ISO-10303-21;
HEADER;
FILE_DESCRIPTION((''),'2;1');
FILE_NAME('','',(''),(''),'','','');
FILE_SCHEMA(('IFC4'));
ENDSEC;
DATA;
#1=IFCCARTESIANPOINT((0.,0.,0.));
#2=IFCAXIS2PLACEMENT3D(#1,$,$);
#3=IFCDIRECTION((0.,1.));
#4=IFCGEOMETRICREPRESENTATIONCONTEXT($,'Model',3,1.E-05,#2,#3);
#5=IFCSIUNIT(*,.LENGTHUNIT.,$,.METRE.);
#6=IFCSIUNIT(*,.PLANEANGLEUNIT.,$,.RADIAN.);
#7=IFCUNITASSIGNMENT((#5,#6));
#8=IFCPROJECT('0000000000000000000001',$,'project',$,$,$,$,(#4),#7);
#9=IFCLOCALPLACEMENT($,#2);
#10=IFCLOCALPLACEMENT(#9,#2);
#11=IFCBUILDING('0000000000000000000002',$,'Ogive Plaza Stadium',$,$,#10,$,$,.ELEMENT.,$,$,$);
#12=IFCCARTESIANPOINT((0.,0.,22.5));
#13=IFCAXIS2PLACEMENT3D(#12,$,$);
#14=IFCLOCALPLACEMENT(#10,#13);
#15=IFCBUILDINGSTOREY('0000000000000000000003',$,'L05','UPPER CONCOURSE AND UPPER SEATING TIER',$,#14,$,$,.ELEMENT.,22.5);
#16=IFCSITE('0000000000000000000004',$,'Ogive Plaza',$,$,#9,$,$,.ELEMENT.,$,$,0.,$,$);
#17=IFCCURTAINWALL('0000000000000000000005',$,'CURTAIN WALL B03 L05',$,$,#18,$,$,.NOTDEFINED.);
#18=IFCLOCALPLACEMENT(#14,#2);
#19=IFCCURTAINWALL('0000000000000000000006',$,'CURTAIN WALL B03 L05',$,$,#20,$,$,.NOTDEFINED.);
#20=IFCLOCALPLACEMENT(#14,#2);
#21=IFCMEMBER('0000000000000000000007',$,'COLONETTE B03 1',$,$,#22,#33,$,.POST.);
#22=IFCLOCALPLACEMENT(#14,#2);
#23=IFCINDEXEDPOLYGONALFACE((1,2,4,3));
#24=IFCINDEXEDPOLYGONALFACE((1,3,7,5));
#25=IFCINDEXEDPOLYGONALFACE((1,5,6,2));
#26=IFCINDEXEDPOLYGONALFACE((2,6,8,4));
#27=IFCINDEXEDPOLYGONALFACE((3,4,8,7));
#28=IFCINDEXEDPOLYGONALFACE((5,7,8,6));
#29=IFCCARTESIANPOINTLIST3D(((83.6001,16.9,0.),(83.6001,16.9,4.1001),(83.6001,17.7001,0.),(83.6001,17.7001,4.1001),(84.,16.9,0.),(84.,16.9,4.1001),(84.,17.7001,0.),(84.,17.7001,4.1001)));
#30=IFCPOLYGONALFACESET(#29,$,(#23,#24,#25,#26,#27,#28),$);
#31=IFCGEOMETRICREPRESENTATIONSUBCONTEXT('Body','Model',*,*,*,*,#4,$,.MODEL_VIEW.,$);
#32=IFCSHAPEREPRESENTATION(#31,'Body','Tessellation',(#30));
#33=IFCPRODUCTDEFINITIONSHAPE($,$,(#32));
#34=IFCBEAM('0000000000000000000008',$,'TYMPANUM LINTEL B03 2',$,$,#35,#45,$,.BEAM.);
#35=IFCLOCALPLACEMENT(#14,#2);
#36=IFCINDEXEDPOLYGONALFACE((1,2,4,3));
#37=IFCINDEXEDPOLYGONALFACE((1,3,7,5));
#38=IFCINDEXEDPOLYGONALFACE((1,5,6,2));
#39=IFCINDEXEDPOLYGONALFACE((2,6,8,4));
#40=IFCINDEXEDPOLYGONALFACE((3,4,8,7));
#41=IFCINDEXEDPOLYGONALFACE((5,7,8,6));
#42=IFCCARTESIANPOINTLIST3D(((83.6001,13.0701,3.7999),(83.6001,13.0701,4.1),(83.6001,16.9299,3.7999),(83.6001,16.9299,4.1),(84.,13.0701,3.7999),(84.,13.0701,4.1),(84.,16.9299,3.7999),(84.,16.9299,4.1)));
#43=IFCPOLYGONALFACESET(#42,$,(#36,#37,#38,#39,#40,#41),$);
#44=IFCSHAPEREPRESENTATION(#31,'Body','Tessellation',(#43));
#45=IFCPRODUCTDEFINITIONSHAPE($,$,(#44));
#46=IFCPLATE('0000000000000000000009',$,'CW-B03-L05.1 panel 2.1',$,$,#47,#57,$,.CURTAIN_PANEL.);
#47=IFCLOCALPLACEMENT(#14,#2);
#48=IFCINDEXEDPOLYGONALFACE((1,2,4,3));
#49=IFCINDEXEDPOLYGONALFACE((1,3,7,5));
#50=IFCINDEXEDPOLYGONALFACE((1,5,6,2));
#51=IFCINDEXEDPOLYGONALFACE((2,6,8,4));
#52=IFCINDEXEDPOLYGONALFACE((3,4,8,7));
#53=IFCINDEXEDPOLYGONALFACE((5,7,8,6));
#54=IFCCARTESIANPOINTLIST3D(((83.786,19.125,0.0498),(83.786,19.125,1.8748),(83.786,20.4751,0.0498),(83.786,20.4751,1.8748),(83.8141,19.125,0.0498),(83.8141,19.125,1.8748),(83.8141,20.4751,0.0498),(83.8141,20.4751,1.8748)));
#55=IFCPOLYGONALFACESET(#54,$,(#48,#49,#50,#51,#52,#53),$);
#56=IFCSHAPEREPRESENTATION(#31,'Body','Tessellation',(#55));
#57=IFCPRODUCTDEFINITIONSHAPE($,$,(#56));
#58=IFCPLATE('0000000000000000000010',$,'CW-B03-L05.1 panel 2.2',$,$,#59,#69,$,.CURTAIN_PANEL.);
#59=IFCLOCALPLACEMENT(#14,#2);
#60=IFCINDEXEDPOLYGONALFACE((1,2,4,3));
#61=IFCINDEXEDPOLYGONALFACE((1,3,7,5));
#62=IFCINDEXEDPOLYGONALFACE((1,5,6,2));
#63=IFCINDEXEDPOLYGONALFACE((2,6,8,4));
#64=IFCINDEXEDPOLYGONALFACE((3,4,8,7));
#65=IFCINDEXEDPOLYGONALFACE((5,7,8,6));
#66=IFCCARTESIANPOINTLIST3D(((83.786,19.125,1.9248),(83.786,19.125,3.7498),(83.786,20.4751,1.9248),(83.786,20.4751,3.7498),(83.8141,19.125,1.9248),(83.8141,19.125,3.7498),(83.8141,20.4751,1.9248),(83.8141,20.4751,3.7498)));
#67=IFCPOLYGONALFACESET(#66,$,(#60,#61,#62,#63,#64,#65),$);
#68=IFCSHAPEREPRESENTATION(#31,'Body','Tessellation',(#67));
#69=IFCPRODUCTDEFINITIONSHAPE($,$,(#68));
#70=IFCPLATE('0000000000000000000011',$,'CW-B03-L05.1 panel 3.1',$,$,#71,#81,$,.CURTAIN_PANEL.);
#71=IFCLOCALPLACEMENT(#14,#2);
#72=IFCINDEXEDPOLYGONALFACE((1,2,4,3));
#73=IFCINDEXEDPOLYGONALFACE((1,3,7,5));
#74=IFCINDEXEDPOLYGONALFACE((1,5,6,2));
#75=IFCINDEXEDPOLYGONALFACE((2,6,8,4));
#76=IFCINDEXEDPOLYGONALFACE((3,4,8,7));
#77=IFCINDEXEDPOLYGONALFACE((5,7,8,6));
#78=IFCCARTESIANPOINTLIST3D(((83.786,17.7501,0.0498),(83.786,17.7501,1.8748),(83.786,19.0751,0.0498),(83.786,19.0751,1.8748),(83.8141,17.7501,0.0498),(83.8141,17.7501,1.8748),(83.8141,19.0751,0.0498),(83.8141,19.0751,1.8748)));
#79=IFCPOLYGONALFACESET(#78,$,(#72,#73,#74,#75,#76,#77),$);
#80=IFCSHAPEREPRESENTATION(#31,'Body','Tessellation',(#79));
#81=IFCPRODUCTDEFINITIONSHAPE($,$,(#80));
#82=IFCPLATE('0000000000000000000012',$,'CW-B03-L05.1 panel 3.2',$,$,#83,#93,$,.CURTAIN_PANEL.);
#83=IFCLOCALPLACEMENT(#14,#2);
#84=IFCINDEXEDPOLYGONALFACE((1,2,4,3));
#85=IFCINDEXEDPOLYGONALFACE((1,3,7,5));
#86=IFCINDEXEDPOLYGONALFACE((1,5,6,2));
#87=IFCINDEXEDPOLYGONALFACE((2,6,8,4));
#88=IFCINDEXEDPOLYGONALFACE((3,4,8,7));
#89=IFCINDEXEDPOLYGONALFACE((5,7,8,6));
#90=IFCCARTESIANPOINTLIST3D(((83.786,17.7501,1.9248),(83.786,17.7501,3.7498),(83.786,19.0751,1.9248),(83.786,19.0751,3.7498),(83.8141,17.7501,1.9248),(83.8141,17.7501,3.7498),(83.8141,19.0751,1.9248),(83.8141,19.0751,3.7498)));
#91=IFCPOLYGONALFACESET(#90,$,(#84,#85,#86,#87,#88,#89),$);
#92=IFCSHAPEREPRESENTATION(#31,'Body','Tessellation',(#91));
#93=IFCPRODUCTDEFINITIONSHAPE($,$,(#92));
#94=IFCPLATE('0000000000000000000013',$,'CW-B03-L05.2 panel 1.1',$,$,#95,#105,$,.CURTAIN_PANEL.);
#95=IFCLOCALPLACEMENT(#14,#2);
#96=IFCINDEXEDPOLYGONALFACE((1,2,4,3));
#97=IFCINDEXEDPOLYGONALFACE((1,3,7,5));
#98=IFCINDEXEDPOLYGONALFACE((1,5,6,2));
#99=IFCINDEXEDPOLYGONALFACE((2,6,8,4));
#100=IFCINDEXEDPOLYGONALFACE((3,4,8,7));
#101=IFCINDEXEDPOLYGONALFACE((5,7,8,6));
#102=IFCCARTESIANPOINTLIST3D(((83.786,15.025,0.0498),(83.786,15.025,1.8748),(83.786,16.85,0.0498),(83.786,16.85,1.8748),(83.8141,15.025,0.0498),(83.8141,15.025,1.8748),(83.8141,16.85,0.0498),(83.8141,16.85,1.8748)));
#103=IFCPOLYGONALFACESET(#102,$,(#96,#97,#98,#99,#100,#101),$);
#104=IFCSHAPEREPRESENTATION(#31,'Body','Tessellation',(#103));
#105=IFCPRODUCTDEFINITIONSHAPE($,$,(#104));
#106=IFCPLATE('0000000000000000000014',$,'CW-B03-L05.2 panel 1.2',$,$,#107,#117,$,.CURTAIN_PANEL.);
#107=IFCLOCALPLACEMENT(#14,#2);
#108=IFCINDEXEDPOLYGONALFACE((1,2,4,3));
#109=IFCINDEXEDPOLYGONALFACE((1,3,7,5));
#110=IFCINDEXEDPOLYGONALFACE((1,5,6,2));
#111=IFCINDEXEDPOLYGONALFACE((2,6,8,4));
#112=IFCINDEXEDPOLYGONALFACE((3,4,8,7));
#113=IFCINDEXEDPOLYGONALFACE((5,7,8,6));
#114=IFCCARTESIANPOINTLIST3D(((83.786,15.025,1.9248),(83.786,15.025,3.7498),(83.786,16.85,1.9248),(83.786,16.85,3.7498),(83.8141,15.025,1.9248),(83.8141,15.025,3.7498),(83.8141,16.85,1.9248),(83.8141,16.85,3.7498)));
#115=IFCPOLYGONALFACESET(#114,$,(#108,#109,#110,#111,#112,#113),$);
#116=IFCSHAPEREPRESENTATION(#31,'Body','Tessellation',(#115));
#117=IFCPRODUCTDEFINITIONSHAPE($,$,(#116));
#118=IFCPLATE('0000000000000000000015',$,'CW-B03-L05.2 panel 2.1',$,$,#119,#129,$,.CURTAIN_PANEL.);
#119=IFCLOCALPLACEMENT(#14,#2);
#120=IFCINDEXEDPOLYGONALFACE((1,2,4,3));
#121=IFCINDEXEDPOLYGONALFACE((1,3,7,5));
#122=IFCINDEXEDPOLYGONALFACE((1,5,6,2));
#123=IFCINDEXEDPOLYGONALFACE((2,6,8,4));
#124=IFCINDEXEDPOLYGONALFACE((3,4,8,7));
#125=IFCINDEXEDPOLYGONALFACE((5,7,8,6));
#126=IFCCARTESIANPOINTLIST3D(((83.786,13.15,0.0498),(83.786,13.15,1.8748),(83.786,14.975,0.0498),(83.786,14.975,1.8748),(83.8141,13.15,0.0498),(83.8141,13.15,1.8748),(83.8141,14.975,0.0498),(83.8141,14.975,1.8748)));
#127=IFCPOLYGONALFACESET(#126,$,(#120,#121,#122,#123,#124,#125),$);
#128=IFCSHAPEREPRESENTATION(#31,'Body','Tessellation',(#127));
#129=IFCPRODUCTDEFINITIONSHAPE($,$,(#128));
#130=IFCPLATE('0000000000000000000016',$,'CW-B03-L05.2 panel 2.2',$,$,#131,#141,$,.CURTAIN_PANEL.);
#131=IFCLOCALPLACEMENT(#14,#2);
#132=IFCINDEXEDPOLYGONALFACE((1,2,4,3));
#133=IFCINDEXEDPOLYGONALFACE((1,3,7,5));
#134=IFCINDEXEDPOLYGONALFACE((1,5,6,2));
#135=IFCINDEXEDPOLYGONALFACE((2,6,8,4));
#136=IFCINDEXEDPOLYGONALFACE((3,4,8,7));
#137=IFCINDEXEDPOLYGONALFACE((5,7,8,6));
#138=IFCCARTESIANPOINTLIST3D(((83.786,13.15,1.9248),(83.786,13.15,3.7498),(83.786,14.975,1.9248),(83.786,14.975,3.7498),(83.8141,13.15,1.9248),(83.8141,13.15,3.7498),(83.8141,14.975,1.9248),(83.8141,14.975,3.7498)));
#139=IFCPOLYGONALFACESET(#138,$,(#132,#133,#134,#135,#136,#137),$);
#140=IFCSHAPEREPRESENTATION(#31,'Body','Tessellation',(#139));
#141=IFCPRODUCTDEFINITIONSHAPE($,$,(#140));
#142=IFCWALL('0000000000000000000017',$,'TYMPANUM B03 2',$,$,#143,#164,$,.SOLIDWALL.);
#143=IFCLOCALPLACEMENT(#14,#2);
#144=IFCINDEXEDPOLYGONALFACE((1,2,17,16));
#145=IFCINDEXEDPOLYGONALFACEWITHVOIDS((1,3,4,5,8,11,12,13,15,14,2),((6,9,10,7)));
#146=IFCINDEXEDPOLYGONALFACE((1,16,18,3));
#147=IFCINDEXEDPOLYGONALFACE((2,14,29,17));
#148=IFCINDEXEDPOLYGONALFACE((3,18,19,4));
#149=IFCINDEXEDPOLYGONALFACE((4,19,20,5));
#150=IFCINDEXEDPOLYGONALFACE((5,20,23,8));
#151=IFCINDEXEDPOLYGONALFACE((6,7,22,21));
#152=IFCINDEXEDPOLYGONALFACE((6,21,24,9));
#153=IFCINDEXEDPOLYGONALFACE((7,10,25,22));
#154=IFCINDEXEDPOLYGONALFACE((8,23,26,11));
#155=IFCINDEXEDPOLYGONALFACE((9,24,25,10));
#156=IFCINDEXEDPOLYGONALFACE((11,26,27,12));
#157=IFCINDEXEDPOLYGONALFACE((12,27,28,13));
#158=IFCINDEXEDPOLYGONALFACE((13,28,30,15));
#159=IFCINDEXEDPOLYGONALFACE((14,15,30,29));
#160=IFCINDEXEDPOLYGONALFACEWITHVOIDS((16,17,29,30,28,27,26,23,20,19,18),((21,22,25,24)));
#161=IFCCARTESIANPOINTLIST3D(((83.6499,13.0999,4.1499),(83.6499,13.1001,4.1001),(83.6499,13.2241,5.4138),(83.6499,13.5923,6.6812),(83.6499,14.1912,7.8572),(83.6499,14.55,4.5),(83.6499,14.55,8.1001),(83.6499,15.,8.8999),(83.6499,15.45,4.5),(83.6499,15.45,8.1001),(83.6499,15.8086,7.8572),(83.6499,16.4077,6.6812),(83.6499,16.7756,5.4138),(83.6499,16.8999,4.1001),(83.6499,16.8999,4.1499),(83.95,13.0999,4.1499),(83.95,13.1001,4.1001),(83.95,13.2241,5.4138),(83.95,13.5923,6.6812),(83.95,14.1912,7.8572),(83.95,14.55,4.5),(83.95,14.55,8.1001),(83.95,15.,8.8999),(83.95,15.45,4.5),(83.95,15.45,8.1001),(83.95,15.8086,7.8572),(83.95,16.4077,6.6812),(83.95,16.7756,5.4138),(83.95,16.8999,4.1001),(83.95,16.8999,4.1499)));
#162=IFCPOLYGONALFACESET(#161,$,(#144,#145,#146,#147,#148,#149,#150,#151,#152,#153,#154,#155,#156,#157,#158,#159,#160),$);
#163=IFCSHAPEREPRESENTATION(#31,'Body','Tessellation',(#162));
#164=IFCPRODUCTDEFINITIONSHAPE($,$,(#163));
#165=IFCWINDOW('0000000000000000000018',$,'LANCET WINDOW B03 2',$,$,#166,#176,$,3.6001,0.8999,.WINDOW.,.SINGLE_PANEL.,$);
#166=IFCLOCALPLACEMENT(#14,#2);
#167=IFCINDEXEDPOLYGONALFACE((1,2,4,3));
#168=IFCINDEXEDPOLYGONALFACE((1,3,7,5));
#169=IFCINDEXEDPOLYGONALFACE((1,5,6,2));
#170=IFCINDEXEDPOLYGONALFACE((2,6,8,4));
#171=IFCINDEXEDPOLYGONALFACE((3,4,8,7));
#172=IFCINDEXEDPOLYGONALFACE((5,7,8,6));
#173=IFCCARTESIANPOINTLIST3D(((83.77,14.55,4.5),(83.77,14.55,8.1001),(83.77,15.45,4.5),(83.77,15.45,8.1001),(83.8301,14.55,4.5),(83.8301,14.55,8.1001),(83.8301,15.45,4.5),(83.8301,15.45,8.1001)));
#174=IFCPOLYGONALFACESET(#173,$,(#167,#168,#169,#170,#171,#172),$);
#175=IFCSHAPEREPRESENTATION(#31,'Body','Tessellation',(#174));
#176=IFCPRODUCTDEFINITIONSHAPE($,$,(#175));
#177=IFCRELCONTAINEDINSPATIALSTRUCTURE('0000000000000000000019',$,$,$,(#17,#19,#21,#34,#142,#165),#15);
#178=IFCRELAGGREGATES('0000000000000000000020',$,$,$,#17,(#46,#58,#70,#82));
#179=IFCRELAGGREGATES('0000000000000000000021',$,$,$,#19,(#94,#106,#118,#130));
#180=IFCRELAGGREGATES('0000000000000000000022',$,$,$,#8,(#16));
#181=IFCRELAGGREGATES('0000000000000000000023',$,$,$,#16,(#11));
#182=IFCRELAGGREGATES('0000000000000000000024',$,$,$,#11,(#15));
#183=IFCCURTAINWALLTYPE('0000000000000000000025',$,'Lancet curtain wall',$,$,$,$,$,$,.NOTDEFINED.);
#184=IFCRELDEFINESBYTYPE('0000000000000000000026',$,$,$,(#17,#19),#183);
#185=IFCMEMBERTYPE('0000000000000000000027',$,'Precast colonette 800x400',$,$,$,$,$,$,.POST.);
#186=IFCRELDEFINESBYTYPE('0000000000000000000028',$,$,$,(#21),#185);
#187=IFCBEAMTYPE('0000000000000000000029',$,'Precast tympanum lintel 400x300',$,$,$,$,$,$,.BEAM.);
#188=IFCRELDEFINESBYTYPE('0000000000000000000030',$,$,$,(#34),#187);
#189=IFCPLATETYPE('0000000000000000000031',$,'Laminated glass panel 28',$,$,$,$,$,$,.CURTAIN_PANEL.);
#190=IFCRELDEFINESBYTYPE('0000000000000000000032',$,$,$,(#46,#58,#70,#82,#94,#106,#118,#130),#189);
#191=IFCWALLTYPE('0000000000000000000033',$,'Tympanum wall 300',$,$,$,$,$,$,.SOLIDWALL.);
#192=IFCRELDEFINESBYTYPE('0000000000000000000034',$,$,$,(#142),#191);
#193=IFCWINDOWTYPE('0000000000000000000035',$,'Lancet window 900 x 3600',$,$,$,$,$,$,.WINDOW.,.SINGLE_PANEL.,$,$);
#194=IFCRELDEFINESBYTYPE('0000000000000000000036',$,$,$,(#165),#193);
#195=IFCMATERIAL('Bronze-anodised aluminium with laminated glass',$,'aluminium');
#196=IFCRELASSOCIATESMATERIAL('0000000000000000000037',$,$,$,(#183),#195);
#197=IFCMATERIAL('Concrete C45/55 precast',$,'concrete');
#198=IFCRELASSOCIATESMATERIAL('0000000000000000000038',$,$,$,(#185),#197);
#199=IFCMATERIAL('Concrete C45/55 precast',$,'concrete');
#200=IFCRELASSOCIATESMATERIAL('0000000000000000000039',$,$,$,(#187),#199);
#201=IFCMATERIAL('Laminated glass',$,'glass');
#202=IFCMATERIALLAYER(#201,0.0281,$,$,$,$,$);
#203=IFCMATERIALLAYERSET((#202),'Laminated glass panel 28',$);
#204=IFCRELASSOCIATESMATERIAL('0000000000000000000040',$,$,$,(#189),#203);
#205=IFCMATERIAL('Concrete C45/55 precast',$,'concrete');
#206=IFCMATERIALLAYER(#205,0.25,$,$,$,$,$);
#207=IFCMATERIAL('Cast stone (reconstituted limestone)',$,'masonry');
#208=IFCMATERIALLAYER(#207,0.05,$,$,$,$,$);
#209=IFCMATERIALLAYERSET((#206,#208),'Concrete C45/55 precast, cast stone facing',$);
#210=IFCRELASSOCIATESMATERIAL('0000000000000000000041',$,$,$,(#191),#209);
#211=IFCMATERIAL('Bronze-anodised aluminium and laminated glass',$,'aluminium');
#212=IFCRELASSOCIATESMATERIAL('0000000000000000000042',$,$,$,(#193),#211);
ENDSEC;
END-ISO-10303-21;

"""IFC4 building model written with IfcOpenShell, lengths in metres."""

from ifc_helpers import new_model, si_unit, direction, frame, frame_2d, origin, origin_2d, place, context, subcontext, project, spatial, polyline, rectangle, outline, extrude, material, layer, layer_set, material_profile, profile_set, type_object, element, fill, aggregate, save


model = new_model("IFC4")

# Units and contexts
model_context = context("Model", 3, precision=1e-05, world=origin(), true_north=direction((0.0, 1.0)))
body_context = subcontext(model_context, "Body", "Model", "MODEL_VIEW")
ifc_project = project(units=[si_unit("LENGTHUNIT", "METRE"), si_unit("PLANEANGLEUNIT", "RADIAN")], contexts=[model_context])

# Site, building, storey
site_placement = place(None, origin())
site = spatial("IfcSite", under=ifc_project, at=site_placement, Name="Ogive Plaza", CompositionType="ELEMENT", RefElevation=0.0)
building_placement = place(site_placement, origin())
building = spatial("IfcBuilding", under=site, at=building_placement, Name="Ogive Plaza Stadium", CompositionType="ELEMENT")
storey_placement = place(building_placement, frame((0.0, 0.0, 22.5)))
storey = spatial("IfcBuildingStorey", under=building, at=storey_placement, Name="L05", Description="UPPER CONCOURSE AND UPPER SEATING TIER", CompositionType="ELEMENT", Elevation=22.5)

# Curtain walls
ifc_material_1 = material(Name="Bronze-anodised aluminium with laminated glass", Category="aluminium")
curtain_wall_type = type_object("IfcCurtainWallType", Name="Lancet curtain wall", PredefinedType="NOTDEFINED", material=ifc_material_1)
curtain_wall_1_placement = place(storey_placement, origin())
curtain_wall_1 = element("IfcCurtainWall", 1, at=curtain_wall_1_placement, inside=storey, type_object=curtain_wall_type, Name="CURTAIN WALL B03 L05", PredefinedType="NOTDEFINED")
curtain_wall_2_placement = place(storey_placement, origin())
curtain_wall_2 = element("IfcCurtainWall", 2, at=curtain_wall_2_placement, inside=storey, type_object=curtain_wall_type, Name="CURTAIN WALL B03 L05", PredefinedType="NOTDEFINED")

# Member
ifc_material_2 = material(Name="Concrete C45/55 precast", Category="concrete")
ifc_material_profile_1 = material_profile(ifc_material_2, rectangle(XDim=0.3999, YDim=0.8, at=origin_2d()), Name="RC 400x800")
ifc_profile_set_1 = profile_set([ifc_material_profile_1], Name="Concrete C45/55 precast")
member_type_1 = type_object("IfcMemberType", Name="Precast colonette 800x400", PredefinedType="POST", material=ifc_profile_set_1)
member_1_placement = place(storey_placement, frame((83.8, 17.3, 0.0), z_axis=(0.0, 0.0, 1.0), x_axis=(1.0, 0.0, 0.0)))
element("IfcMember", 3, at=member_1_placement, inside=storey, type_object=member_type_1, Name="COLONETTE B03 1", PredefinedType="POST", context=body_context, shape_type="SweptSolid", body=[
    extrude(rectangle(XDim=0.3999, YDim=0.8, at=origin_2d()), origin(), (0.0, 0.0, 1.0), 4.1001),
])

# Beam
ifc_material_3 = material(Name="Concrete C45/55 precast", Category="concrete")
ifc_material_profile_2 = material_profile(ifc_material_3, rectangle(XDim=0.3999, YDim=0.3, at=origin_2d()), Name="RC 400x300")
ifc_profile_set_2 = profile_set([ifc_material_profile_2], Name="Concrete C45/55 precast")
beam_type = type_object("IfcBeamType", Name="Precast tympanum lintel 400x300", PredefinedType="BEAM", material=ifc_profile_set_2)
beam_placement = place(storey_placement, frame((83.8, 16.9299, 3.95), z_axis=(0.0, -1.0, 0.0), x_axis=(1.0, 0.0, 0.0)))
element("IfcBeam", 4, at=beam_placement, inside=storey, type_object=beam_type, Name="TYMPANUM LINTEL B03 2", PredefinedType="BEAM", context=body_context, shape_type="SweptSolid", body=[
    extrude(rectangle(XDim=0.3999, YDim=0.3, at=origin_2d()), origin(), (0.0, 0.0, 1.0), 3.8599),
])

# Plates
ifc_material_4 = material(Name="Laminated glass", Category="glass")
ifc_layer_1 = layer(ifc_material_4, 0.0281)
ifc_layer_set_1 = layer_set([ifc_layer_1], Name="Laminated glass panel 28")
plate_type = type_object("IfcPlateType", Name="Laminated glass panel 28", PredefinedType="CURTAIN_PANEL", material=ifc_layer_set_1)
plate_1_placement = place(storey_placement, frame((83.8, 19.8, 0.0498), z_axis=(0.0, 0.0, 1.0), x_axis=(0.0, -1.0, 0.0)))
plate_1 = element("IfcPlate", 5, at=plate_1_placement, type_object=plate_type, Name="CW-B03-L05.1 panel 2.1", PredefinedType="CURTAIN_PANEL", context=body_context, shape_type="SweptSolid", body=[
    extrude(rectangle(XDim=1.3501, YDim=0.0281, at=origin_2d()), origin(), (0.0, 0.0, 1.0), 1.825),
])
plate_2_placement = place(storey_placement, frame((83.8, 19.8, 1.9248), z_axis=(0.0, 0.0, 1.0), x_axis=(0.0, -1.0, 0.0)))
plate_2 = element("IfcPlate", 6, at=plate_2_placement, type_object=plate_type, Name="CW-B03-L05.1 panel 2.2", PredefinedType="CURTAIN_PANEL", context=body_context, shape_type="SweptSolid", body=[
    extrude(rectangle(XDim=1.3501, YDim=0.0281, at=origin_2d()), origin(), (0.0, 0.0, 1.0), 1.825),
])
plate_3_placement = place(storey_placement, frame((83.8, 18.4126, 0.0498), z_axis=(0.0, 0.0, 1.0), x_axis=(0.0, -1.0, 0.0)))
plate_3 = element("IfcPlate", 7, at=plate_3_placement, type_object=plate_type, Name="CW-B03-L05.1 panel 3.1", PredefinedType="CURTAIN_PANEL", context=body_context, shape_type="SweptSolid", body=[
    extrude(rectangle(XDim=1.325, YDim=0.0281, at=origin_2d()), origin(), (0.0, 0.0, 1.0), 1.825),
])
plate_4_placement = place(storey_placement, frame((83.8, 18.4126, 1.9248), z_axis=(0.0, 0.0, 1.0), x_axis=(0.0, -1.0, 0.0)))
plate_4 = element("IfcPlate", 8, at=plate_4_placement, type_object=plate_type, Name="CW-B03-L05.1 panel 3.2", PredefinedType="CURTAIN_PANEL", context=body_context, shape_type="SweptSolid", body=[
    extrude(rectangle(XDim=1.325, YDim=0.0281, at=origin_2d()), origin(), (0.0, 0.0, 1.0), 1.825),
])
aggregate(curtain_wall_1, [plate_1, plate_2, plate_3, plate_4])
plate_5_placement = place(storey_placement, frame((83.8, 15.9375, 0.0498), z_axis=(0.0, 0.0, 1.0), x_axis=(0.0, -1.0, 0.0)))
plate_5 = element("IfcPlate", 9, at=plate_5_placement, type_object=plate_type, Name="CW-B03-L05.2 panel 1.1", PredefinedType="CURTAIN_PANEL", context=body_context, shape_type="SweptSolid", body=[
    extrude(rectangle(XDim=1.825, YDim=0.0281, at=origin_2d()), origin(), (0.0, 0.0, 1.0), 1.825),
])
plate_6_placement = place(storey_placement, frame((83.8, 15.9375, 1.9248), z_axis=(0.0, 0.0, 1.0), x_axis=(0.0, -1.0, 0.0)))
plate_6 = element("IfcPlate", 10, at=plate_6_placement, type_object=plate_type, Name="CW-B03-L05.2 panel 1.2", PredefinedType="CURTAIN_PANEL", context=body_context, shape_type="SweptSolid", body=[
    extrude(rectangle(XDim=1.825, YDim=0.0281, at=origin_2d()), origin(), (0.0, 0.0, 1.0), 1.825),
])
plate_7_placement = place(storey_placement, frame((83.8, 14.0625, 0.0498), z_axis=(0.0, 0.0, 1.0), x_axis=(0.0, -1.0, 0.0)))
plate_7 = element("IfcPlate", 11, at=plate_7_placement, type_object=plate_type, Name="CW-B03-L05.2 panel 2.1", PredefinedType="CURTAIN_PANEL", context=body_context, shape_type="SweptSolid", body=[
    extrude(rectangle(XDim=1.825, YDim=0.0281, at=origin_2d()), origin(), (0.0, 0.0, 1.0), 1.825),
])
plate_8_placement = place(storey_placement, frame((83.8, 14.0625, 1.9248), z_axis=(0.0, 0.0, 1.0), x_axis=(0.0, -1.0, 0.0)))
plate_8 = element("IfcPlate", 12, at=plate_8_placement, type_object=plate_type, Name="CW-B03-L05.2 panel 2.2", PredefinedType="CURTAIN_PANEL", context=body_context, shape_type="SweptSolid", body=[
    extrude(rectangle(XDim=1.825, YDim=0.0281, at=origin_2d()), origin(), (0.0, 0.0, 1.0), 1.825),
])
aggregate(curtain_wall_2, [plate_5, plate_6, plate_7, plate_8])

# Wall, opening, window
ifc_material_5 = material(Name="Concrete C45/55 precast", Category="concrete")
ifc_layer_2 = layer(ifc_material_5, 0.25)
ifc_material_6 = material(Name="Cast stone (reconstituted limestone)", Category="masonry")
ifc_layer_3 = layer(ifc_material_6, 0.05)
ifc_layer_set_2 = layer_set([ifc_layer_2, ifc_layer_3], Name="Concrete C45/55 precast, cast stone facing")
wall_type = type_object("IfcWallType", Name="Tympanum wall 300", PredefinedType="SOLIDWALL", material=ifc_layer_set_2)
wall_placement = place(storey_placement, frame((83.8, 16.8999, 4.1001), z_axis=(0.0, 0.0, 1.0), x_axis=(0.0, -1.0, 0.0)))
wall = element("IfcWall", 13, at=wall_placement, inside=storey, type_object=wall_type, Name="TYMPANUM B03 2", PredefinedType="SOLIDWALL", context=body_context, shape_type="SweptSolid", body=[
    extrude(outline(polyline([(0.0, 0.0), (3.7998, 0.0), (3.8, 0.0498), (3.6758, 1.3137), (3.3076, 2.5811), (2.7087, 3.7571), (1.8999, 4.7998), (1.0913, 3.7571), (0.4922, 2.5811), (0.1243, 1.3137), (0.0, 0.0498), (0.0, 0.0)])), frame((0.0, 0.1499, 0.0), z_axis=(0.0, -1.0, 0.0), x_axis=(1.0, 0.0, 0.0)), (0.0, 0.0, 1.0), 0.3),
])
opening_placement = place(wall_placement, frame((1.45, 0.0, 0.3999)))
opening = element("IfcOpeningElement", 14, at=opening_placement, cuts=wall, PredefinedType="OPENING", context=body_context, shape_type="SweptSolid", body=[
    extrude(rectangle(XDim=0.8999, YDim=3.6001, at=frame_2d((0.45, 1.8))), frame((0.0, 0.1602, 0.0), z_axis=(0.0, -1.0, 0.0), x_axis=(1.0, 0.0, 0.0)), (0.0, 0.0, 1.0), 0.3201),
])
ifc_material_7 = material(Name="Bronze-anodised aluminium and laminated glass", Category="aluminium")
window_type = type_object("IfcWindowType", Name="Lancet window 900 x 3600", PartitioningType="SINGLE_PANEL", PredefinedType="WINDOW", material=ifc_material_7)
window_placement = place(opening_placement, origin())
window = element("IfcWindow", 15, at=window_placement, inside=storey, type_object=window_type, Name="LANCET WINDOW B03 2", OverallHeight=3.6001, OverallWidth=0.8999, PartitioningType="SINGLE_PANEL", PredefinedType="WINDOW", context=body_context, shape_type="SweptSolid", body=[
    extrude(rectangle(XDim=0.8999, YDim=3.6001, at=frame_2d((0.45, 1.8))), frame((0.0, 0.03, 0.0), z_axis=(0.0, -1.0, 0.0), x_axis=(1.0, 0.0, 0.0)), (0.0, 0.0, 1.0), 0.0601),
])
fill(opening, window)

save(model, "model.ifc")
